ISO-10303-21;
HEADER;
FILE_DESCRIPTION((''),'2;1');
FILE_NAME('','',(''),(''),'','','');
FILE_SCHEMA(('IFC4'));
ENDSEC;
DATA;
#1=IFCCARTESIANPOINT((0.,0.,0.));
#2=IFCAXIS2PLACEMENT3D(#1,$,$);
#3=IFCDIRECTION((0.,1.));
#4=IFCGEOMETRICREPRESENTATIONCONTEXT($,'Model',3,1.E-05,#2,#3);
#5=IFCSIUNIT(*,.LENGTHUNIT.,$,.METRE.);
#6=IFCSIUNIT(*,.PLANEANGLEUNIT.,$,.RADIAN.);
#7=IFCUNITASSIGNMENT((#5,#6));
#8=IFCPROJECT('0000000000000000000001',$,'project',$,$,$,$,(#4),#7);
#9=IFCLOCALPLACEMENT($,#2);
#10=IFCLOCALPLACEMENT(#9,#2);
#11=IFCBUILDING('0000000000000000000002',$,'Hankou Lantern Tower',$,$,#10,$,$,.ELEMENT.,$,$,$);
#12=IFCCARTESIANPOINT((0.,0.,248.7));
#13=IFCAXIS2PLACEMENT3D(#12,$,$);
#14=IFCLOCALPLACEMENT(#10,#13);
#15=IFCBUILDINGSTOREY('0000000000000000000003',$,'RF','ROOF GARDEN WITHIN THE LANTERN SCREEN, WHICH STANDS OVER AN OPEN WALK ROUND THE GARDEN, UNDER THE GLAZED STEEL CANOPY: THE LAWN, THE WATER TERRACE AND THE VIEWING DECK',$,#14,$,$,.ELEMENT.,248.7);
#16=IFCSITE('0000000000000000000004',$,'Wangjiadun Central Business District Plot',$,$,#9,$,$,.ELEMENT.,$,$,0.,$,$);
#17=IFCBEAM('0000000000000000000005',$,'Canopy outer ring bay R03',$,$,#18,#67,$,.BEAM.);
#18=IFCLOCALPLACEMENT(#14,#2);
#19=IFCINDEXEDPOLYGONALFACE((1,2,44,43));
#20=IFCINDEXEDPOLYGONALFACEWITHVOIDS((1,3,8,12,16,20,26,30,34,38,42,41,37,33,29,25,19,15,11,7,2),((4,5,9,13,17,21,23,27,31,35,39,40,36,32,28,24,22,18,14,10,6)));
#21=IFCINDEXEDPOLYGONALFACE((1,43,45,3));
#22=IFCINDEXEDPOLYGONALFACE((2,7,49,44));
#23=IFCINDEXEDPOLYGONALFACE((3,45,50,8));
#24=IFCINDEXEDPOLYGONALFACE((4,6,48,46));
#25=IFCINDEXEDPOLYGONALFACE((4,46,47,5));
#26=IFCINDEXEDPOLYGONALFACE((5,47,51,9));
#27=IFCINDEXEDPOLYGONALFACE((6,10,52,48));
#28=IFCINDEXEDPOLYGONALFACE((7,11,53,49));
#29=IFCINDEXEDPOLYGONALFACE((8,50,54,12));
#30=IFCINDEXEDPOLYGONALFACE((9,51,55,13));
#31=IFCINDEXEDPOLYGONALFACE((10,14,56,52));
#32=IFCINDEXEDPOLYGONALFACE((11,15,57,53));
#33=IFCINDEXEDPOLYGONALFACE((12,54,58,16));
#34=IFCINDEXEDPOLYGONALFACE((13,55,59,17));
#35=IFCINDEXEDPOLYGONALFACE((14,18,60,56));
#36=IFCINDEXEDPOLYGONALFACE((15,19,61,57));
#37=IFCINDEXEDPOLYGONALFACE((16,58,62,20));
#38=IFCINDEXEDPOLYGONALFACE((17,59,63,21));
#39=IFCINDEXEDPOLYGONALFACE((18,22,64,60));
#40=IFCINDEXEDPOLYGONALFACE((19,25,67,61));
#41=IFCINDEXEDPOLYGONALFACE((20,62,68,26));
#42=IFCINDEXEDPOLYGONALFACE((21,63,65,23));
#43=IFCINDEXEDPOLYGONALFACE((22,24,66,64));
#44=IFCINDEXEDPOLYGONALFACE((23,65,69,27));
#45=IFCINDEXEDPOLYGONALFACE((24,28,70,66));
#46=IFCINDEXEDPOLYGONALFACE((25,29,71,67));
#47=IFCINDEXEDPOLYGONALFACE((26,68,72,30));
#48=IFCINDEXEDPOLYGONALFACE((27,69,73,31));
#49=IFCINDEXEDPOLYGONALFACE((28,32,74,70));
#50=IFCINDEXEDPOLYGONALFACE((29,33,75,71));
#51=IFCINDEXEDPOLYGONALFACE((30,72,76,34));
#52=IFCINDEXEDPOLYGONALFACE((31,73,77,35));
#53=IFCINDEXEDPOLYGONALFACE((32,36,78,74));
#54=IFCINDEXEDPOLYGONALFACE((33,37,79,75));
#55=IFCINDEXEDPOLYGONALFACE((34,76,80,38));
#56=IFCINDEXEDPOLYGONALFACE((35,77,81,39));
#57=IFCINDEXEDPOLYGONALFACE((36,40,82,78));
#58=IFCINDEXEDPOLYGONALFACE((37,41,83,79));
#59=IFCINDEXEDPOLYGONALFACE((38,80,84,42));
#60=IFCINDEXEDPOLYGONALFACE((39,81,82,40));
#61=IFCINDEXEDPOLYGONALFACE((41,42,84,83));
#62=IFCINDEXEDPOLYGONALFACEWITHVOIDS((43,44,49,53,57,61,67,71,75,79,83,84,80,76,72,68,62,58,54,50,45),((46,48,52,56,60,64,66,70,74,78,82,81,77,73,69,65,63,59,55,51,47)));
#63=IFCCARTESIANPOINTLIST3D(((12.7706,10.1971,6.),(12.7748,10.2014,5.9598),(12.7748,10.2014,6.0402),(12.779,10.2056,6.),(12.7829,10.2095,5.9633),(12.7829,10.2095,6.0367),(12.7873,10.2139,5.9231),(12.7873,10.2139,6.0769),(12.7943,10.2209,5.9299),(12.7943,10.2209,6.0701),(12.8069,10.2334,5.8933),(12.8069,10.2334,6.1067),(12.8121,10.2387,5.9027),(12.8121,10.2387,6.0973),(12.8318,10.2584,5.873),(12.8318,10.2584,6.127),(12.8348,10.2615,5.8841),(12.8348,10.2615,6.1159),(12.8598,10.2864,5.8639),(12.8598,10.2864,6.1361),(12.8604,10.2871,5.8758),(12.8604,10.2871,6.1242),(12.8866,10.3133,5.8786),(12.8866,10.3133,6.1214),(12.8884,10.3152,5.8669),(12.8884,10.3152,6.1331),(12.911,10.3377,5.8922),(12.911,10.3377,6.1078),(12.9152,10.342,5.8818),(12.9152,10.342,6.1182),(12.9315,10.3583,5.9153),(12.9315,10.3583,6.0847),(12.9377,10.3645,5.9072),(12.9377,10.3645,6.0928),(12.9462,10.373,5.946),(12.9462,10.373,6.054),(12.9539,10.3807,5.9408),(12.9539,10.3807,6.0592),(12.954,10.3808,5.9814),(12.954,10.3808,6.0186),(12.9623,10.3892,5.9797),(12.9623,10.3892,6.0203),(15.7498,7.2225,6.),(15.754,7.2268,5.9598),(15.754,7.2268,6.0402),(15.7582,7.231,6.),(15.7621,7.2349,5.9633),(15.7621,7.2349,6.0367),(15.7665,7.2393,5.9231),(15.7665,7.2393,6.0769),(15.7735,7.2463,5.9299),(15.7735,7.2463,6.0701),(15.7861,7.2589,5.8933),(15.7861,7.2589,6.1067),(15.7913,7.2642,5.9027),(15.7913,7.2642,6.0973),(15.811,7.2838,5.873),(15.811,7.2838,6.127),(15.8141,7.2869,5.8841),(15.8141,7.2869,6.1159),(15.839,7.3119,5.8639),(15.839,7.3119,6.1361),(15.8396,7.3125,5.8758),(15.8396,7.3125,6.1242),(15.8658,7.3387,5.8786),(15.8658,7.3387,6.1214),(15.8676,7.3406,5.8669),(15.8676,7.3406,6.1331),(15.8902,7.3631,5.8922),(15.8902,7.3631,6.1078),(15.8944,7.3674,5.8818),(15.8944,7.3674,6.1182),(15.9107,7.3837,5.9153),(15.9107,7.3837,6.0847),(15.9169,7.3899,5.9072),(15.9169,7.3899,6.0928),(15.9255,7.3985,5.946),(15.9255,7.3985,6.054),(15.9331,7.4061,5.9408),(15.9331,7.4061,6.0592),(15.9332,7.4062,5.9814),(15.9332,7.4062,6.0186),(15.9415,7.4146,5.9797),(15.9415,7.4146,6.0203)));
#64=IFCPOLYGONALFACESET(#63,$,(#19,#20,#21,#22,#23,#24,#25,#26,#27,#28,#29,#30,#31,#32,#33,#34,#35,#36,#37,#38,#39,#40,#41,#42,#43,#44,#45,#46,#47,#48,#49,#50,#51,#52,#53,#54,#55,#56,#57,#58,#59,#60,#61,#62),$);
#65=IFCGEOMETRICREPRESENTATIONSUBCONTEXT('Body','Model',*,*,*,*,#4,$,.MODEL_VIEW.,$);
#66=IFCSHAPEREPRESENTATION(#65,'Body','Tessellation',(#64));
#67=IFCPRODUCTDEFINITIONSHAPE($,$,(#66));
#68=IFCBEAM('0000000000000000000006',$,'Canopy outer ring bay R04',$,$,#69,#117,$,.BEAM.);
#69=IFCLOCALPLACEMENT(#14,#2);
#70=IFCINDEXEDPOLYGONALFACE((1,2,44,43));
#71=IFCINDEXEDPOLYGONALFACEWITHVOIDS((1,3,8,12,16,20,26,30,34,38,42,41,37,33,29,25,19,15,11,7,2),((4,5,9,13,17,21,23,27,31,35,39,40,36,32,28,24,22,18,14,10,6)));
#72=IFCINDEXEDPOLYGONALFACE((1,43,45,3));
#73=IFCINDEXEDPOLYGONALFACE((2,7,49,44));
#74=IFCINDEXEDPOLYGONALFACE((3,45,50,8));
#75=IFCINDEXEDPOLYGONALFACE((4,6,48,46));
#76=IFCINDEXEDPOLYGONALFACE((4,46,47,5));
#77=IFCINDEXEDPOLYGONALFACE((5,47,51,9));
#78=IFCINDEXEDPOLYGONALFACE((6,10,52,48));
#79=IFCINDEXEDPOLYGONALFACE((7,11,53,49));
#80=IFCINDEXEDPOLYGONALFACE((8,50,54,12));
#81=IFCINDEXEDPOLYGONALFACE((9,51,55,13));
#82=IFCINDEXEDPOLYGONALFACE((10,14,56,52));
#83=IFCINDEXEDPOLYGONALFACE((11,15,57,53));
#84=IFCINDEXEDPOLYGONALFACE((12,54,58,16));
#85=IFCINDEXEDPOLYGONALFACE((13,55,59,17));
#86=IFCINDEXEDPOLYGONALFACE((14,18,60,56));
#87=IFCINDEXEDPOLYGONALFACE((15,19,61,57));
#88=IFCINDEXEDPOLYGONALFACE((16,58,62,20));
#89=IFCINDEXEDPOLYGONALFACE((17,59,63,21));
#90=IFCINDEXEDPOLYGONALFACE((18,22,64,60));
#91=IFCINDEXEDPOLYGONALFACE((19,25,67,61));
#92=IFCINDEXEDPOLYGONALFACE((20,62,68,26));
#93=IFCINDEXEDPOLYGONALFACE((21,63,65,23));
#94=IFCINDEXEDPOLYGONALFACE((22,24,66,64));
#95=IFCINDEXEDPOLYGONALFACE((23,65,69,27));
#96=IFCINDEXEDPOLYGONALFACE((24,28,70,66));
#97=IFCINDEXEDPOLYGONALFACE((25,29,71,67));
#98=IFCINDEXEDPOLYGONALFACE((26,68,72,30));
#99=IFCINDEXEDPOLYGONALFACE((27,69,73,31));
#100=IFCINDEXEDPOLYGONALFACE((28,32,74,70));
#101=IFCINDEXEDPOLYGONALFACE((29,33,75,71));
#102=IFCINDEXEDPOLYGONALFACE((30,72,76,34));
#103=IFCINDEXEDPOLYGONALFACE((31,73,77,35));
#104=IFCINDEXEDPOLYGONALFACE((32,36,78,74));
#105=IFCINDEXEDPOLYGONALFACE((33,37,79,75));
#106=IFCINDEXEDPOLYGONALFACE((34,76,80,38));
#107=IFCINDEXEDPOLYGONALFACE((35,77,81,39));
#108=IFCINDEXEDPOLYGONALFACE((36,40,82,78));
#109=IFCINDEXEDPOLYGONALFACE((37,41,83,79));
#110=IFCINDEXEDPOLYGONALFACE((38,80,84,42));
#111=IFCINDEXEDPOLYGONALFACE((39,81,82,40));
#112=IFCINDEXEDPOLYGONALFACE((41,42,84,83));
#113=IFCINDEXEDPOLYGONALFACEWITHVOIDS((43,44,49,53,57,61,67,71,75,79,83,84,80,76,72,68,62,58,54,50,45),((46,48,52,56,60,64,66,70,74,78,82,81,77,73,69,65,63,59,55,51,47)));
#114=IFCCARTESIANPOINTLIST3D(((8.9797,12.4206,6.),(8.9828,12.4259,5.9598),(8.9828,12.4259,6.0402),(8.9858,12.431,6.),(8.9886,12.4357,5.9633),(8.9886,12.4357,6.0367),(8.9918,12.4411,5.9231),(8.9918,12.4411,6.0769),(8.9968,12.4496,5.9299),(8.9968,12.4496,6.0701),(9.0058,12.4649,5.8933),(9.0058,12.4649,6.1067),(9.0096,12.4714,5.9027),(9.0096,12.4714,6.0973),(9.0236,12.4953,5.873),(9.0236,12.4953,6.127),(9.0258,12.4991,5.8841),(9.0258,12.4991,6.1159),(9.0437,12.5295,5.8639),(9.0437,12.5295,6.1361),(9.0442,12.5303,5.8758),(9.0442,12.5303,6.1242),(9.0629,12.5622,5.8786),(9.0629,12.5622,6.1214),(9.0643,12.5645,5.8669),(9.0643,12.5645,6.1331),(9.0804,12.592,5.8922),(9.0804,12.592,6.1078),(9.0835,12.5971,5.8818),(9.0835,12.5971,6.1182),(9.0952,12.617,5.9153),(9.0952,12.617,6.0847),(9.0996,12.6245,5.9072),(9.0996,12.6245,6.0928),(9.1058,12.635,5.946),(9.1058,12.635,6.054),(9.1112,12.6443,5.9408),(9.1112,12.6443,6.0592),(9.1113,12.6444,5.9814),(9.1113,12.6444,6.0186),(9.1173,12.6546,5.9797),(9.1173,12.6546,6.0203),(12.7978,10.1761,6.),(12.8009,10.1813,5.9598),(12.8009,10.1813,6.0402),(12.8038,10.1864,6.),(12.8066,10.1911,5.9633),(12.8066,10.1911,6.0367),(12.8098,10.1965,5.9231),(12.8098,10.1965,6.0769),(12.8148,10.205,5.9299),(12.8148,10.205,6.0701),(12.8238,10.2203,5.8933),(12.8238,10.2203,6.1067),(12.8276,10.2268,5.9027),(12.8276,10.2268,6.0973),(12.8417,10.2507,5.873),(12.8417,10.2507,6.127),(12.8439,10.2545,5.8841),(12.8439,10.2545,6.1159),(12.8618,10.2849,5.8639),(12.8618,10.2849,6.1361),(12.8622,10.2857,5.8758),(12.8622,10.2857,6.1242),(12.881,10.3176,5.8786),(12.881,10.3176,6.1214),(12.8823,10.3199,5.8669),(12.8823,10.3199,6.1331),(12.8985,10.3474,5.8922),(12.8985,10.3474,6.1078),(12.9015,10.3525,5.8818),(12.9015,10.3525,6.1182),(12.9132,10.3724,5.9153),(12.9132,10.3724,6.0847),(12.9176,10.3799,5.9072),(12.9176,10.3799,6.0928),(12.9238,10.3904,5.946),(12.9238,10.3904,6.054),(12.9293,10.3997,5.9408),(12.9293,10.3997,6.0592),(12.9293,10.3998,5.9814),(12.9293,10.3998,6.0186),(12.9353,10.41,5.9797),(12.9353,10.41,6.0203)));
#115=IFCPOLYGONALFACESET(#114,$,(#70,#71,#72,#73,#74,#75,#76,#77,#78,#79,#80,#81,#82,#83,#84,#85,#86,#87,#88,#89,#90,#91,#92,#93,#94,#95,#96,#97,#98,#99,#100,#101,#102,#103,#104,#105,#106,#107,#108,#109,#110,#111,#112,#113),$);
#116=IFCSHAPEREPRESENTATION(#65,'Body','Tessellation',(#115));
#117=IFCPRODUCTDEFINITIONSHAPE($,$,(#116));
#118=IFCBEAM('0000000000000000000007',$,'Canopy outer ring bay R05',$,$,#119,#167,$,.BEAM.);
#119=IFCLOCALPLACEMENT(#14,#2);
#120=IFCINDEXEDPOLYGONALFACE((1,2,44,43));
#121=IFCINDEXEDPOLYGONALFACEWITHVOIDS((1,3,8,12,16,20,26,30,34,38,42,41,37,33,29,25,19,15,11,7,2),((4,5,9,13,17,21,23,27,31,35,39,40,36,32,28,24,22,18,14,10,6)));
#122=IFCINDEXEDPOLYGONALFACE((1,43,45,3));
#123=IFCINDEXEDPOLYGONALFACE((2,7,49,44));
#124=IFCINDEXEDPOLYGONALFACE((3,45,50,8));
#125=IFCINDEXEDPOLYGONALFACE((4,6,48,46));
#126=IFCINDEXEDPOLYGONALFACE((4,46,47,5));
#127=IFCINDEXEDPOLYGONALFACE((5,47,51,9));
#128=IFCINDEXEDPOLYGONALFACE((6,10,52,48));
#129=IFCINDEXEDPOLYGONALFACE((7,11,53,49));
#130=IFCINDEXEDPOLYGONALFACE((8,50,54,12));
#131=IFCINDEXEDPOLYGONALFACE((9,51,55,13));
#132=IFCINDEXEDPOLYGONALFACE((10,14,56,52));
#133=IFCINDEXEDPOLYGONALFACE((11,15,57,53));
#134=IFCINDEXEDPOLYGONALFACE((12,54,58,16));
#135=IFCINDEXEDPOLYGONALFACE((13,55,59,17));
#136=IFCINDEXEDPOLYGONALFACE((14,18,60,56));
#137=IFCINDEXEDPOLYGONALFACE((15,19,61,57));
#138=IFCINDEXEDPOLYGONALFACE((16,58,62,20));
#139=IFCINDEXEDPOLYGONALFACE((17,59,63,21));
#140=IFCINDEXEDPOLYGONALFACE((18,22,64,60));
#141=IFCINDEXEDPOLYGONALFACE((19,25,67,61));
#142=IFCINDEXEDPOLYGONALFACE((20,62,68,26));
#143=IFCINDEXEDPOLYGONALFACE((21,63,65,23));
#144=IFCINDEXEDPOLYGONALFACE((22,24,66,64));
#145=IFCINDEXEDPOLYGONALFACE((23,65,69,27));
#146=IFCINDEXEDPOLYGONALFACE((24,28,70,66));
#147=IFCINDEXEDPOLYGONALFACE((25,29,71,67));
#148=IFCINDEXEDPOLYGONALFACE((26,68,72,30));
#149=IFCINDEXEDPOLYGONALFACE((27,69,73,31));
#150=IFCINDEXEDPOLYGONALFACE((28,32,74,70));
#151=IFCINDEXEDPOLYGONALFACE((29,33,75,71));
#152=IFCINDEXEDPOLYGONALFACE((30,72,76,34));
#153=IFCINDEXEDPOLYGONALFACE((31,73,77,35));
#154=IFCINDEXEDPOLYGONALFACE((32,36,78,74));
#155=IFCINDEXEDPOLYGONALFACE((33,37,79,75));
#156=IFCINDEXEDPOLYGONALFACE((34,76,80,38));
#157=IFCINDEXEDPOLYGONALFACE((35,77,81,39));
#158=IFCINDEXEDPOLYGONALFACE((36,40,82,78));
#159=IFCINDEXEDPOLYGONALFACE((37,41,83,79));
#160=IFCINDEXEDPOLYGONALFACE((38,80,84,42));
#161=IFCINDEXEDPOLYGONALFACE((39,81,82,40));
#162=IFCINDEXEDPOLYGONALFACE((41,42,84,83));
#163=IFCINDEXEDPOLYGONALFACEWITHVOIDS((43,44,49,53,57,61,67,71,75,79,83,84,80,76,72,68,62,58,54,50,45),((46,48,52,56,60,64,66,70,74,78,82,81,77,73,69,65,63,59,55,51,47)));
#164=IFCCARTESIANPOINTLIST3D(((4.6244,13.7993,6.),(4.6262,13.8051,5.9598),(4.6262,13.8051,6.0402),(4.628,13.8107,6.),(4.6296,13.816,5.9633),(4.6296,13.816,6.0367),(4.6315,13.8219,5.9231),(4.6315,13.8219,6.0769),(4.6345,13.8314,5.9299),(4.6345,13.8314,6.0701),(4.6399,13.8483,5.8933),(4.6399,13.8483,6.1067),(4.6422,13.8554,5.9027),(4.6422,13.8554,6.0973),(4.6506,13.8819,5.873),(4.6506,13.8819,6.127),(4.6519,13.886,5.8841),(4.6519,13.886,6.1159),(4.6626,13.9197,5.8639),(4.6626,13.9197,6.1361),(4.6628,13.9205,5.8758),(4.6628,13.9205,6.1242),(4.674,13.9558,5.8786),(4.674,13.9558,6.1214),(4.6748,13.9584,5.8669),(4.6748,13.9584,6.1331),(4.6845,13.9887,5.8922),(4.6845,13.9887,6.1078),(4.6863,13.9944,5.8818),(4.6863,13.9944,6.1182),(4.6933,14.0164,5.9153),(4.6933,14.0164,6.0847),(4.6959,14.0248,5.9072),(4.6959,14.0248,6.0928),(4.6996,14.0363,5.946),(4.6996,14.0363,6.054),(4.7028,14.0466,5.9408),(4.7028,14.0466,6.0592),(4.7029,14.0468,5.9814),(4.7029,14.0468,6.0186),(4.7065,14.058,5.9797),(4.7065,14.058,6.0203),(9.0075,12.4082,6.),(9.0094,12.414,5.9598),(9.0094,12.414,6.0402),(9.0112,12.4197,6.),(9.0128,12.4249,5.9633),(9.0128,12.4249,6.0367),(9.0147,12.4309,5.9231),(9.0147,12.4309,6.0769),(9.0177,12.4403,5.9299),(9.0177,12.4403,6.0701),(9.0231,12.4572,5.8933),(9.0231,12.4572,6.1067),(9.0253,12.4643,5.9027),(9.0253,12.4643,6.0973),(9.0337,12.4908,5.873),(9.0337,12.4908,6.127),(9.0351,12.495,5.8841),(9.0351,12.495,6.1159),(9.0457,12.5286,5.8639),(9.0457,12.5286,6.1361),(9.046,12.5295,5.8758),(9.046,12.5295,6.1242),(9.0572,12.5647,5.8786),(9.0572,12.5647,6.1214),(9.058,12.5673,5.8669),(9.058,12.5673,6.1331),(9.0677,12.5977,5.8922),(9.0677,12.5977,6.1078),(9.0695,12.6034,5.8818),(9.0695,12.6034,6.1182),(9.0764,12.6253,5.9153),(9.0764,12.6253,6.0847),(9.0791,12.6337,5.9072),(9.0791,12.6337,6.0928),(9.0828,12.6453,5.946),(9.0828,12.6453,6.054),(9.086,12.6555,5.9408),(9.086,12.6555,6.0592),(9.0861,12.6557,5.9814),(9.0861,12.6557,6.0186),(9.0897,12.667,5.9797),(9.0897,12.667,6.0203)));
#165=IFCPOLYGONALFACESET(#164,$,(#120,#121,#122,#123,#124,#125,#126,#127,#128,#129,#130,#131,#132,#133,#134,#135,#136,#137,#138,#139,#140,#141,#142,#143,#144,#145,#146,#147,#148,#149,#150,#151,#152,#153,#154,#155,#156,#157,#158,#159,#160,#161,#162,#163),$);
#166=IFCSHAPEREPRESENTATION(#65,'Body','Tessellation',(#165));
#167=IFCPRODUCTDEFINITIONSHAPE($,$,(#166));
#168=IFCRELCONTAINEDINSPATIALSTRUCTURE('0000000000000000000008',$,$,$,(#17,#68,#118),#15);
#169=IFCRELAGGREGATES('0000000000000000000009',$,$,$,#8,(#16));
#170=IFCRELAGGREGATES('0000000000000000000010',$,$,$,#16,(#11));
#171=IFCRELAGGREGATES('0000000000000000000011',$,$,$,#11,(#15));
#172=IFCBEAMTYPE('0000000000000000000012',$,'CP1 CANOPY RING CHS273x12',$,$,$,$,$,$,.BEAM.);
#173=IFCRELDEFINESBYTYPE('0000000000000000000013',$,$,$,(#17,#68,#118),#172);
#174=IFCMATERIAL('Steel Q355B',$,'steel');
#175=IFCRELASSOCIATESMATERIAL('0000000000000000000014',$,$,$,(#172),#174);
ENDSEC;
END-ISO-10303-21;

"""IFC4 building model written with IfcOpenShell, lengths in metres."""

from ifc_helpers import new_model, si_unit, direction, frame, origin, origin_2d, place, context, subcontext, project, spatial, hollow_circle, extrude, material, material_profile, profile_set, type_object, element, save


model = new_model("IFC4")

# Units and contexts
model_context = context("Model", 3, precision=1e-05, world=origin(), true_north=direction((0.0, 1.0)))
body_context = subcontext(model_context, "Body", "Model", "MODEL_VIEW")
ifc_project = project(units=[si_unit("LENGTHUNIT", "METRE"), si_unit("PLANEANGLEUNIT", "RADIAN")], contexts=[model_context])

# Site, building, storey
site_placement = place(None, origin())
site = spatial("IfcSite", under=ifc_project, at=site_placement, Name="Wangjiadun Central Business District Plot", CompositionType="ELEMENT", RefElevation=0.0)
building_placement = place(site_placement, origin())
building = spatial("IfcBuilding", under=site, at=building_placement, Name="Hankou Lantern Tower", CompositionType="ELEMENT")
storey_placement = place(building_placement, frame((0.0, 0.0, 248.7)))
storey = spatial("IfcBuildingStorey", under=building, at=storey_placement, Name="RF", Description="ROOF GARDEN WITHIN THE LANTERN SCREEN, WHICH STANDS OVER AN OPEN WALK ROUND THE GARDEN, UNDER THE GLAZED STEEL CANOPY: THE LAWN, THE WATER TERRACE AND THE VIEWING DECK", CompositionType="ELEMENT", Elevation=248.7)

# Beams
ifc_material_1 = material(Name="Steel Q355B", Category="steel")
ifc_material_profile_1 = material_profile(ifc_material_1, hollow_circle(Radius=0.1365, WallThickness=0.012, at=origin_2d()), Name="CHS273x12")
ifc_profile_set_1 = profile_set([ifc_material_profile_1], Name="Steel Q355B")
beam_type_1 = type_object("IfcBeamType", Name="CP1 CANOPY RING CHS273x12", PredefinedType="BEAM", material=ifc_profile_set_1)
beam_1_placement = place(storey_placement, frame((15.8462, 7.3191, 6.0), z_axis=(-0.707657, 0.706556, 0.0), x_axis=(-0.706556, -0.707657, 0.0)))
element("IfcBeam", 1, at=beam_1_placement, inside=storey, type_object=beam_type_1, Name="Canopy outer ring bay R03", PredefinedType="BEAM", context=body_context, shape_type="SweptSolid", body=[
    extrude(hollow_circle(Radius=0.1365, WallThickness=0.012, at=origin_2d()), origin(), (0.0, 0.0, 1.0), 4.21),
])
beam_2_placement = place(storey_placement, frame((12.8669, 10.2937, 6.0), z_axis=(-0.862065, 0.506798, 0.0), x_axis=(-0.506798, -0.862065, 0.0)))
element("IfcBeam", 2, at=beam_2_placement, inside=storey, type_object=beam_type_1, Name="Canopy outer ring bay R04", PredefinedType="BEAM", context=body_context, shape_type="SweptSolid", body=[
    extrude(hollow_circle(Radius=0.1365, WallThickness=0.012, at=origin_2d()), origin(), (0.0, 0.0, 1.0), 4.429),
])
beam_3_placement = place(storey_placement, frame((9.0488, 12.5383, 6.0), z_axis=(-0.95315, 0.302498, 0.0), x_axis=(-0.302498, -0.95315, 0.0)))
element("IfcBeam", 3, at=beam_3_placement, inside=storey, type_object=beam_type_1, Name="Canopy outer ring bay R05", PredefinedType="BEAM", context=body_context, shape_type="SweptSolid", body=[
    extrude(hollow_circle(Radius=0.1365, WallThickness=0.012, at=origin_2d()), origin(), (0.0, 0.0, 1.0), 4.5986),
])

save(model, "model.ifc")
